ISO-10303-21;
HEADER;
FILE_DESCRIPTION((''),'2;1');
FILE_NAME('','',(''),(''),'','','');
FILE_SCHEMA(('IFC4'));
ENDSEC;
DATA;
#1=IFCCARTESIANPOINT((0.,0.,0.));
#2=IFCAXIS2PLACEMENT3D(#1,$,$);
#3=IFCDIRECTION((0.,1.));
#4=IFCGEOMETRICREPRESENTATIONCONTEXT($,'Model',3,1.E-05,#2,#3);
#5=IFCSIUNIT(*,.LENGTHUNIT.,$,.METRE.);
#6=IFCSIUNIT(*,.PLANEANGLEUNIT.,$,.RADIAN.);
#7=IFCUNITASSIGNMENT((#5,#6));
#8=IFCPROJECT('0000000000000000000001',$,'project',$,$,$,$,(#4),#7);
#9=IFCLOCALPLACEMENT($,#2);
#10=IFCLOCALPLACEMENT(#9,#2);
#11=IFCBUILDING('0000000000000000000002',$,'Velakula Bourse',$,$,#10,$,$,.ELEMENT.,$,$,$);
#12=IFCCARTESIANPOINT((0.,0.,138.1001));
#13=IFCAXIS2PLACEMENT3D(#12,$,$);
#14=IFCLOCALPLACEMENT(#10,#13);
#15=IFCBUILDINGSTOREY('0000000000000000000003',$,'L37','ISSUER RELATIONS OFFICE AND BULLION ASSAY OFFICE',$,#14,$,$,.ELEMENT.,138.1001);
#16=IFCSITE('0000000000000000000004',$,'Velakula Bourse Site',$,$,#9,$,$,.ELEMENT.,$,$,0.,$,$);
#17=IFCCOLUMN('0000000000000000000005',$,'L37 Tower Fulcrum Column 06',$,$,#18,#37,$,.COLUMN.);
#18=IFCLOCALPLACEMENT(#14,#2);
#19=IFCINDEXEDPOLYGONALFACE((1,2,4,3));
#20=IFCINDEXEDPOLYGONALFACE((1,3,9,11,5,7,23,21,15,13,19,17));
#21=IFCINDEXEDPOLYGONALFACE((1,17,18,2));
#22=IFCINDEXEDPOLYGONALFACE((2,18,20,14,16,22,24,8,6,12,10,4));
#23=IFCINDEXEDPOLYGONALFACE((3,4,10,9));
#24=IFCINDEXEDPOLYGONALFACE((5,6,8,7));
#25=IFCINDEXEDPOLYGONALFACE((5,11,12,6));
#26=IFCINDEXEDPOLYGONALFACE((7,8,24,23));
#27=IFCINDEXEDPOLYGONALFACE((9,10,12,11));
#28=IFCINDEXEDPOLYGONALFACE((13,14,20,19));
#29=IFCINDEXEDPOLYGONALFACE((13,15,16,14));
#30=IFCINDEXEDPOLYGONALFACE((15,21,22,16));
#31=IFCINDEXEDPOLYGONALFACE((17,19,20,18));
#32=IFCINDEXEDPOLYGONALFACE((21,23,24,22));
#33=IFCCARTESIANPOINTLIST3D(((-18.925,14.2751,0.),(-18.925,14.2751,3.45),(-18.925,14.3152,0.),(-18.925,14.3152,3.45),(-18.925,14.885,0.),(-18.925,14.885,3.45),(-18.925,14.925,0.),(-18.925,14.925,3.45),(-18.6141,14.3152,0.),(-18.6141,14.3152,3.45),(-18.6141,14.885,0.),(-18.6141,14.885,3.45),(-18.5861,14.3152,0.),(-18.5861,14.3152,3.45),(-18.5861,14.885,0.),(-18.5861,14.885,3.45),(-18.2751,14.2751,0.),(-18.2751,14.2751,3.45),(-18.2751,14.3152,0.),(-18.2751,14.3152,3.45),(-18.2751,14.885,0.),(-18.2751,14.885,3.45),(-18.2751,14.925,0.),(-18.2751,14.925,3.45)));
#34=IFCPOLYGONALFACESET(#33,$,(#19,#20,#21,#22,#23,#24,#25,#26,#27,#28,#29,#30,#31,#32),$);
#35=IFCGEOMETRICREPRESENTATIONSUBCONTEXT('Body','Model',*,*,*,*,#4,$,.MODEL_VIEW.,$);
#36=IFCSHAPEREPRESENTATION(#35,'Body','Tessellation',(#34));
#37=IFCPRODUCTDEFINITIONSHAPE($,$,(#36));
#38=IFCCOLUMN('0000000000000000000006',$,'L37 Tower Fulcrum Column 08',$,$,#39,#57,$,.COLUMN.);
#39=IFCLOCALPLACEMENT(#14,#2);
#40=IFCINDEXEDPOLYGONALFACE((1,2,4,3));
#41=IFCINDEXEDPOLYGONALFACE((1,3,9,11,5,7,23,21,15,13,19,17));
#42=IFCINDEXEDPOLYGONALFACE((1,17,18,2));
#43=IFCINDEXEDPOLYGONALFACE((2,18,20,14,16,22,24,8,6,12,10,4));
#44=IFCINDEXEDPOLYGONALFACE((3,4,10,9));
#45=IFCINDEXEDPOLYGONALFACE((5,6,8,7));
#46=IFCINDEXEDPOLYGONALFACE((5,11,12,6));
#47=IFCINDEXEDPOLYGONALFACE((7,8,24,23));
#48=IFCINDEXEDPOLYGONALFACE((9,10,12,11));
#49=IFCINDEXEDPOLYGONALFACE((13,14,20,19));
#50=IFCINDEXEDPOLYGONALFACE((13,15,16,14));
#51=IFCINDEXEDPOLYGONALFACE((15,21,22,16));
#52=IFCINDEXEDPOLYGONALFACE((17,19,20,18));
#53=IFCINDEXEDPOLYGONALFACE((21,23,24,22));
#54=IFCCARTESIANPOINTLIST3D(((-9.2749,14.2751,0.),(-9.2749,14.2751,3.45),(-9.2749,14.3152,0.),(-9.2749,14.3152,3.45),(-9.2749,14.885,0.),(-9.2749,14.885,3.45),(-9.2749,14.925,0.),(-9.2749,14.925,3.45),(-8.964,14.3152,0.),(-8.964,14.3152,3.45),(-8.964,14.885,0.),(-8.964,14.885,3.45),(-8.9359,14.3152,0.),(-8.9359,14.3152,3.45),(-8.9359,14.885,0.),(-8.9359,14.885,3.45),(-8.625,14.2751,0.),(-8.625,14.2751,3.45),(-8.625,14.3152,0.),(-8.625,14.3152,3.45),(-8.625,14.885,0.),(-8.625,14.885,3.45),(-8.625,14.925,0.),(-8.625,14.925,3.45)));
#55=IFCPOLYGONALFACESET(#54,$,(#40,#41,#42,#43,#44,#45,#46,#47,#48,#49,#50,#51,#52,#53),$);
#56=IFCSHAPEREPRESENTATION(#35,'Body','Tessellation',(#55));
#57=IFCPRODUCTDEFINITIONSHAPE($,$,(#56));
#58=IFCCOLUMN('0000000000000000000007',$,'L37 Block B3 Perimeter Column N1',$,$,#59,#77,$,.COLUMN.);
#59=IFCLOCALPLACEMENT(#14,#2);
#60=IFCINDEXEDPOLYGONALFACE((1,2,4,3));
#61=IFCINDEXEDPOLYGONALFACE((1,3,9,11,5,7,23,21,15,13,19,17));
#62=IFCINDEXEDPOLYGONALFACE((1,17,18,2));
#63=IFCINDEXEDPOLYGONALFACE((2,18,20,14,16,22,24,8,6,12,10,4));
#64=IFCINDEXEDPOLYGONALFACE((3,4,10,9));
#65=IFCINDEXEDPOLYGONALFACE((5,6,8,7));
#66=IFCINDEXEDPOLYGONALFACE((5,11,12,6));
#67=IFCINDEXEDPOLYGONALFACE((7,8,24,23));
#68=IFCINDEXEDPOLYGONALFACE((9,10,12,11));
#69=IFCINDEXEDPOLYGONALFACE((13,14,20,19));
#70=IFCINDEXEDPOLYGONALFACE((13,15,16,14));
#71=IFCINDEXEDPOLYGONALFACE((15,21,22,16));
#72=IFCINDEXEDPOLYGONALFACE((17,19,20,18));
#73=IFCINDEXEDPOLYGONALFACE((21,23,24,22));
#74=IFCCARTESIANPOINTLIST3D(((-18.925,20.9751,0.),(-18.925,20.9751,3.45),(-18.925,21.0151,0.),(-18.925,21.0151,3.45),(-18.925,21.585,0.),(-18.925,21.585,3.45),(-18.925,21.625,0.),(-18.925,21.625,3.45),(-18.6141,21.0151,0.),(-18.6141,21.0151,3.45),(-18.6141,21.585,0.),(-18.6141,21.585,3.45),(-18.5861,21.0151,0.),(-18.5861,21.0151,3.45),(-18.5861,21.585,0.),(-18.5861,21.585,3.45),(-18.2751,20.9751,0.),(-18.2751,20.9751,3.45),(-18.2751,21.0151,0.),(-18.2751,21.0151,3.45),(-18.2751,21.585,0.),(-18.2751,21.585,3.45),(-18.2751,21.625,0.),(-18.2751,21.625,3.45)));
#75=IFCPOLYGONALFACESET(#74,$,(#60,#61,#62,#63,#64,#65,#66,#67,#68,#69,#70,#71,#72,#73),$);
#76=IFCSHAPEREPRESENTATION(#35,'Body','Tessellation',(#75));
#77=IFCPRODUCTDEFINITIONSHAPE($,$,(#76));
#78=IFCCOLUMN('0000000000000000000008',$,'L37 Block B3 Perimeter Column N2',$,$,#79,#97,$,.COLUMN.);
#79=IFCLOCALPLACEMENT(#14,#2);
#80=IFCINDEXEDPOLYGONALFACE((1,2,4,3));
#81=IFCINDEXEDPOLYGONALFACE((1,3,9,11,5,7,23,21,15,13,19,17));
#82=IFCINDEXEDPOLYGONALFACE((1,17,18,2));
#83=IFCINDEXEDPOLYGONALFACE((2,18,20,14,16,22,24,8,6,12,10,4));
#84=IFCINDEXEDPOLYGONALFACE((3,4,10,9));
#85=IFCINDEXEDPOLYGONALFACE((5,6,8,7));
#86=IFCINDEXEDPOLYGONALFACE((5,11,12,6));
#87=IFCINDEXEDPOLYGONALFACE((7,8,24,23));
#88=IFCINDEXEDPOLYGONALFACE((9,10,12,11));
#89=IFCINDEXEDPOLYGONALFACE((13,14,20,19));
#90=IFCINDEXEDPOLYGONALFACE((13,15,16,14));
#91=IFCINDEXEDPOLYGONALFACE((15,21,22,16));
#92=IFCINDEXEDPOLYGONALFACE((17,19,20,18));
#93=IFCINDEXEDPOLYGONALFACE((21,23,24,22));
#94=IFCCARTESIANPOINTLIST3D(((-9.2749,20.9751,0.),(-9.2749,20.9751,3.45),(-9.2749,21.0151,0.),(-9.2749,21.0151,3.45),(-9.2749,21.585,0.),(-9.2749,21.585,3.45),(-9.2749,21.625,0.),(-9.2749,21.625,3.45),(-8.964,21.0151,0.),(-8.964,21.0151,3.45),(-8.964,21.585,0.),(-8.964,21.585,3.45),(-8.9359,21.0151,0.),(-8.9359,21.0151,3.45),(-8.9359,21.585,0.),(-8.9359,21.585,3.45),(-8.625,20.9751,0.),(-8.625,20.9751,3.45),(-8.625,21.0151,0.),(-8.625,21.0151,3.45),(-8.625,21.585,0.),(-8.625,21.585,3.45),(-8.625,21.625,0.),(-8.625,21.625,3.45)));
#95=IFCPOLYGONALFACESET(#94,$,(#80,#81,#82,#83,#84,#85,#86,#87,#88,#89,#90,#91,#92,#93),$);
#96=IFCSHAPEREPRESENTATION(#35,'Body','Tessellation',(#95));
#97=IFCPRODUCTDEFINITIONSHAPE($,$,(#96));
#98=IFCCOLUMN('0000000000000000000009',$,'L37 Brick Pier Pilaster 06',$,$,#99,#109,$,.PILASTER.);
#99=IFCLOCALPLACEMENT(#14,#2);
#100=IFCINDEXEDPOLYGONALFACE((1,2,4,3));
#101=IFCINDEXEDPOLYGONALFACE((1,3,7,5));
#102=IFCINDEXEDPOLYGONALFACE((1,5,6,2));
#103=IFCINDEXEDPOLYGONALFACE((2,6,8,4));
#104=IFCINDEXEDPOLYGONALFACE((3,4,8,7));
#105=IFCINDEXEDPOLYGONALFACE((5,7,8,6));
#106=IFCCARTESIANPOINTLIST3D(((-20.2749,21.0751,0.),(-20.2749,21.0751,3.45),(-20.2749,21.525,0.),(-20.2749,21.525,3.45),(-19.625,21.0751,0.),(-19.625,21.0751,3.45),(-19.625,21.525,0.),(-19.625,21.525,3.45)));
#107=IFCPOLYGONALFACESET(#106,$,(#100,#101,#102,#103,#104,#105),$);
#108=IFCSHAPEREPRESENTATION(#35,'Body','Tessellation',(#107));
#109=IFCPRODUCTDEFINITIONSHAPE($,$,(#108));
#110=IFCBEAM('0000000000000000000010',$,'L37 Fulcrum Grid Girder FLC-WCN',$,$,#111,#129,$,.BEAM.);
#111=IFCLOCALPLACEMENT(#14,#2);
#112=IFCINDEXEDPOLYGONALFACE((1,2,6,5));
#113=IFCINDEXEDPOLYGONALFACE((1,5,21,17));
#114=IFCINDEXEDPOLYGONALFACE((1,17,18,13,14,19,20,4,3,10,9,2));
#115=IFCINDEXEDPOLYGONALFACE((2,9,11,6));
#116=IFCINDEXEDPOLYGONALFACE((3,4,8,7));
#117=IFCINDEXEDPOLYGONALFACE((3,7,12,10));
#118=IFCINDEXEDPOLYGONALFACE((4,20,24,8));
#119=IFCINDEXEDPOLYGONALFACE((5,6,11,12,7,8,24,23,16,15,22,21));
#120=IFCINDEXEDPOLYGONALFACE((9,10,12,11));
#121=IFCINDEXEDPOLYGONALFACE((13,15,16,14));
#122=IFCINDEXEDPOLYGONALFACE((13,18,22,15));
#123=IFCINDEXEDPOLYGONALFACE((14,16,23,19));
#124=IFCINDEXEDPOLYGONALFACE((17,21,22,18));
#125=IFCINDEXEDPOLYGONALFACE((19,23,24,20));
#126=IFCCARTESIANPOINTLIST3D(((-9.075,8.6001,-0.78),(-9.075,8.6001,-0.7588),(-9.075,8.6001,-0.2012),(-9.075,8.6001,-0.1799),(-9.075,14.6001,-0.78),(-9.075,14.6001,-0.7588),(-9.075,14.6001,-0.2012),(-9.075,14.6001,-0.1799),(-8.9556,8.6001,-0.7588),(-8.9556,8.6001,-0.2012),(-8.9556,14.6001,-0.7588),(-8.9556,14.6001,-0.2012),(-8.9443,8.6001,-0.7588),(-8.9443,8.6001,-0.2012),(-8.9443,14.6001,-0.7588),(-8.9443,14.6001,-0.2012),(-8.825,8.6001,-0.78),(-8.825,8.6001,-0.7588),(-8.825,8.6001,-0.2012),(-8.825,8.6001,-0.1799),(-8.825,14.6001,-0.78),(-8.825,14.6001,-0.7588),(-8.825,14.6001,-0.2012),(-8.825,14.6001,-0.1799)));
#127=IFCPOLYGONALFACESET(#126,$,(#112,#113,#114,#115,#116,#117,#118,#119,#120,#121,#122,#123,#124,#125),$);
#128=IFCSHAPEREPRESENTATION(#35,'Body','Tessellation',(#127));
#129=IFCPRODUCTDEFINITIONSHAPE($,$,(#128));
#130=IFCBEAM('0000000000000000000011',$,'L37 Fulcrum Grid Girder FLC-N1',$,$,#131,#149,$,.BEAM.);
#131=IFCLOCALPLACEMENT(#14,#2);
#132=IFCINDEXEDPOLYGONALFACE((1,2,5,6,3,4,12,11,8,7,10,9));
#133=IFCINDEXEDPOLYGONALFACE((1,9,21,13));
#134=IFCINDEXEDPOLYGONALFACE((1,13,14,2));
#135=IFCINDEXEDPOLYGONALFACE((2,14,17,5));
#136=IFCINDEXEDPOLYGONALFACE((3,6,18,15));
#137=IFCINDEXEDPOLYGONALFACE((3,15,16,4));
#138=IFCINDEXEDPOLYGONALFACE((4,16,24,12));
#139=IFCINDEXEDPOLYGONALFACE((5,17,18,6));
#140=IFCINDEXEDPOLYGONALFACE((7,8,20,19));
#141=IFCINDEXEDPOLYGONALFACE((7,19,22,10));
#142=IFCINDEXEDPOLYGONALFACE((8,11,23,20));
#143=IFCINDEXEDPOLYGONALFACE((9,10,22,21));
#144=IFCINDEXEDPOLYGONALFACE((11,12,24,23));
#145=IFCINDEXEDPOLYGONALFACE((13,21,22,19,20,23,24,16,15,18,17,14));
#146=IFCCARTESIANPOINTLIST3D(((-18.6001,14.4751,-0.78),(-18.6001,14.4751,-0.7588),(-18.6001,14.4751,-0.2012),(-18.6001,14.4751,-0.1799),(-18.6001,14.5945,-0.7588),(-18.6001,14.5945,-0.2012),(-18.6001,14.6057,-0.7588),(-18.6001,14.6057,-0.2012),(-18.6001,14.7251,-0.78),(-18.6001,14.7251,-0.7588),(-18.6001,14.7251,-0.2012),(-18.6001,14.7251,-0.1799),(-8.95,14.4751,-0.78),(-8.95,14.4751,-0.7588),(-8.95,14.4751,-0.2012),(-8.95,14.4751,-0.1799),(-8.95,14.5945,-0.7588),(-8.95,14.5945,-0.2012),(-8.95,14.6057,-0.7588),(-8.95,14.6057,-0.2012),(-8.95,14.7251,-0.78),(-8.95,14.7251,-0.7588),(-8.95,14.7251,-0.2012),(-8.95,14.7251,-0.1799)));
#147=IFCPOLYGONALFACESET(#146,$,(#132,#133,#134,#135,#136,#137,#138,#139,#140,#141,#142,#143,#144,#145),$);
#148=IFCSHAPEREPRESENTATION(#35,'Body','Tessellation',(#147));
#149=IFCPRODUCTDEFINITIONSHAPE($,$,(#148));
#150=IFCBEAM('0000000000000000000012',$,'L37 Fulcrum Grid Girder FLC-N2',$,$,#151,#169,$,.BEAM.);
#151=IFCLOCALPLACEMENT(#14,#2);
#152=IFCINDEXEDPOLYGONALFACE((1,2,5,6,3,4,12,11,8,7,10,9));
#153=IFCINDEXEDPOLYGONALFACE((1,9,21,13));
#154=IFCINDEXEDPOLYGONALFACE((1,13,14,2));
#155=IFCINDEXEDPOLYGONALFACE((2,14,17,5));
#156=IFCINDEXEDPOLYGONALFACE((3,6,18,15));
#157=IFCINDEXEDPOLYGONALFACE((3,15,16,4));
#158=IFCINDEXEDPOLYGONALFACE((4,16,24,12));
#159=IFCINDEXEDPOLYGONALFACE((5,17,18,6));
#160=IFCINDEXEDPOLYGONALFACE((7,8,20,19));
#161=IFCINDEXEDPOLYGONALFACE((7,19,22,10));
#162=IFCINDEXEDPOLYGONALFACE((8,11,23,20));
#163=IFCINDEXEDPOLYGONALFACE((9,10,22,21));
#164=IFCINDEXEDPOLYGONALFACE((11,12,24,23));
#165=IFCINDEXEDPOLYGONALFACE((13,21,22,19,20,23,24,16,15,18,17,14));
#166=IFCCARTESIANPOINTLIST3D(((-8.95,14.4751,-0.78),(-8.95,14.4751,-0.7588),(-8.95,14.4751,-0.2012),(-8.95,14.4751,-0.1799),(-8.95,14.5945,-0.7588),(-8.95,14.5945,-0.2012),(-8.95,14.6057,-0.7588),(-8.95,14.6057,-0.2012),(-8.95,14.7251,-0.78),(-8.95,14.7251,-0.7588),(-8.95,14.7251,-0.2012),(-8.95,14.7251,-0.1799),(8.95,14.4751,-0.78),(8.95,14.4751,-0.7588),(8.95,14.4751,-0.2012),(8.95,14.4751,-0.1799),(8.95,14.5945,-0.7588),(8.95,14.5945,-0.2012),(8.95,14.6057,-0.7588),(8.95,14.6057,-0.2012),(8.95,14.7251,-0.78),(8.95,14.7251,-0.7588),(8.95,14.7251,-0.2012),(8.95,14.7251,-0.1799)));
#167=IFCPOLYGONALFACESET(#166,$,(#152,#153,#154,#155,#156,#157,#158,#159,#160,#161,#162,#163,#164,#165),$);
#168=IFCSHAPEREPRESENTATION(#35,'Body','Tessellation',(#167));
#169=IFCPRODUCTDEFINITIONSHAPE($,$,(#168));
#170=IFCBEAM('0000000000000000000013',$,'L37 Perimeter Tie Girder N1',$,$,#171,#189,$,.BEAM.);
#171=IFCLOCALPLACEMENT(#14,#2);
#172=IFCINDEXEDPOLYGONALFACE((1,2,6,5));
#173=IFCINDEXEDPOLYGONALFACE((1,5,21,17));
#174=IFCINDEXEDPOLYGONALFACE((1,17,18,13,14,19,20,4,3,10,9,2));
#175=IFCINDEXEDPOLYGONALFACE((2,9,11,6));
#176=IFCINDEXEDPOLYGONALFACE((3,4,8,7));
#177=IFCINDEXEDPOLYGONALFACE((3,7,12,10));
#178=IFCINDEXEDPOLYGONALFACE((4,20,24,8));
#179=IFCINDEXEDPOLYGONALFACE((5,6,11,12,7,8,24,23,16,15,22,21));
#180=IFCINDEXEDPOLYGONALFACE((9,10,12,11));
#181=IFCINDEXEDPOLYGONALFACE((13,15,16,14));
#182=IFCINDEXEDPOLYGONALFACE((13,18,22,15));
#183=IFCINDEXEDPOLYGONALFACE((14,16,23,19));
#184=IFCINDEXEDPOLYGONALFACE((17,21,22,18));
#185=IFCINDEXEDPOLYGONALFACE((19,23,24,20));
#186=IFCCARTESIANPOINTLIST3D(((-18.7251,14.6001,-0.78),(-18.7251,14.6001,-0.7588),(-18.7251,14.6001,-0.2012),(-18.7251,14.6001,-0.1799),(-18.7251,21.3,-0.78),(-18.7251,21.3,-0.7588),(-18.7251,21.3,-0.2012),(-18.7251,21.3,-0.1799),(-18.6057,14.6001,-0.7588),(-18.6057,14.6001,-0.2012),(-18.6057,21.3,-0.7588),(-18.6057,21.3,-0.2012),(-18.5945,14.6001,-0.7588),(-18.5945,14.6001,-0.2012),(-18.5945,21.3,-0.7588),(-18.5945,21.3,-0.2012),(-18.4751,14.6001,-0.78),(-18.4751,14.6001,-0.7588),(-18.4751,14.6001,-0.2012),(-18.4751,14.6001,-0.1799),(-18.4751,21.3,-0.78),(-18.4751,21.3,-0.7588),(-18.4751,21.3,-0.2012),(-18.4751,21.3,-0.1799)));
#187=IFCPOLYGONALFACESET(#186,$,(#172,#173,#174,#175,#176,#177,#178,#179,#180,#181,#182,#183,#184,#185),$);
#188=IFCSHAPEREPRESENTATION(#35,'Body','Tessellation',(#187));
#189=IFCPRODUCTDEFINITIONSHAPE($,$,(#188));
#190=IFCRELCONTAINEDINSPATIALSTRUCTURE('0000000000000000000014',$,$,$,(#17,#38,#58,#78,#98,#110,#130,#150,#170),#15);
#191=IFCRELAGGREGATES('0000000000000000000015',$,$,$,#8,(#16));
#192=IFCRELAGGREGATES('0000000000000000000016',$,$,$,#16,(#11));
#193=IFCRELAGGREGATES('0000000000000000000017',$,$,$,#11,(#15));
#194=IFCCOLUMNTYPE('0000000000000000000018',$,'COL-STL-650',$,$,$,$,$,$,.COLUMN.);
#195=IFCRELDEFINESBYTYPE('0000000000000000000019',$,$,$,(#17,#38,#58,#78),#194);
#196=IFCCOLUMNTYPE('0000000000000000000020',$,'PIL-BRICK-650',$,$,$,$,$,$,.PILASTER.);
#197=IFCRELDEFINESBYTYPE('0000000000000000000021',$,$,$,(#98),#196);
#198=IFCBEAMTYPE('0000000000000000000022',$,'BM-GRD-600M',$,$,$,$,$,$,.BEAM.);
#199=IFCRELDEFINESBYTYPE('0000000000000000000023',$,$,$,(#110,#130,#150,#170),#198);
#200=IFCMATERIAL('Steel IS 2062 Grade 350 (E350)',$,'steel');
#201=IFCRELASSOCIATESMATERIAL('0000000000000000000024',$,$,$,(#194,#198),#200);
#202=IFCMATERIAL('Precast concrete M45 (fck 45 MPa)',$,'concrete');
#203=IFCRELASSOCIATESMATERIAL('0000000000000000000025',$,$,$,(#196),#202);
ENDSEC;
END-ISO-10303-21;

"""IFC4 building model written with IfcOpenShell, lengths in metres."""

from ifc_helpers import new_model, si_unit, direction, frame, origin, origin_2d, place, context, subcontext, project, spatial, rectangle, i_section, extrude, material, material_profile, profile_set, type_object, element, save


model = new_model("IFC4")

# Units and contexts
model_context = context("Model", 3, precision=1e-05, world=origin(), true_north=direction((0.0, 1.0)))
body_context = subcontext(model_context, "Body", "Model", "MODEL_VIEW")
ifc_project = project(units=[si_unit("LENGTHUNIT", "METRE"), si_unit("PLANEANGLEUNIT", "RADIAN")], contexts=[model_context])

# Site, building, storey
site_placement = place(None, origin())
site = spatial("IfcSite", under=ifc_project, at=site_placement, Name="Velakula Bourse Site", CompositionType="ELEMENT", RefElevation=0.0)
building_placement = place(site_placement, origin())
building = spatial("IfcBuilding", under=site, at=building_placement, Name="Velakula Bourse", CompositionType="ELEMENT")
storey_placement = place(building_placement, frame((0.0, 0.0, 138.1001)))
storey = spatial("IfcBuildingStorey", under=building, at=storey_placement, Name="L37", Description="ISSUER RELATIONS OFFICE AND BULLION ASSAY OFFICE", CompositionType="ELEMENT", Elevation=138.1001)

# Columns
ifc_material_1 = material(Name="Steel IS 2062 Grade 350 (E350)", Category="steel")
ifc_material_profile_1 = material_profile(ifc_material_1, i_section(OverallWidth=0.6499, OverallDepth=0.6499, WebThickness=0.0281, FlangeThickness=0.04, at=origin_2d()), Name="Steel IS 2062 Grade 350 (E350)")
ifc_profile_set_1 = profile_set([ifc_material_profile_1], Name="Steel IS 2062 Grade 350 (E350)")
column_type_1 = type_object("IfcColumnType", Name="COL-STL-650", PredefinedType="COLUMN", material=ifc_profile_set_1)
for number, where, z_axis, x_axis, name in (
    (1, (-18.6001, 14.6001, 0.0), (0.0, 0.0, 1.0), (1.0, 0.0, 0.0), "L37 Tower Fulcrum Column 06"),
    (2, (-8.95, 14.6001, 0.0), (0.0, 0.0, 1.0), (1.0, 0.0, 0.0), "L37 Tower Fulcrum Column 08"),
    (3, (-18.6001, 21.3, 0.0), (0.0, 0.0, 1.0), (1.0, 0.0, 0.0), "L37 Block B3 Perimeter Column N1"),
    (4, (-8.95, 21.3, 0.0), (0.0, 0.0, 1.0), (1.0, 0.0, 0.0), "L37 Block B3 Perimeter Column N2"),
):
    element("IfcColumn", number, at=place(storey_placement, frame(where, z_axis=z_axis, x_axis=x_axis)), inside=storey, type_object=column_type_1, Name=name, PredefinedType="COLUMN", context=body_context, shape_type="SweptSolid", body=[
        extrude(i_section(OverallWidth=0.6499, OverallDepth=0.6499, WebThickness=0.0281, FlangeThickness=0.04, at=origin_2d()), origin(), (0.0, 0.0, 1.0), 3.45),
    ])
ifc_material_2 = material(Name="Precast concrete M45 (fck 45 MPa)", Category="concrete")
ifc_material_profile_2 = material_profile(ifc_material_2, rectangle(XDim=0.6499, YDim=0.45, at=origin_2d()), Name="Precast concrete M45 (fck 45 MPa)")
ifc_profile_set_2 = profile_set([ifc_material_profile_2], Name="Precast concrete M45 (fck 45 MPa)")
column_type_2 = type_object("IfcColumnType", Name="PIL-BRICK-650", PredefinedType="PILASTER", material=ifc_profile_set_2)
column_placement = place(storey_placement, frame((-19.95, 21.3, 0.0), z_axis=(0.0, 0.0, 1.0), x_axis=(1.0, 0.0, 0.0)))
element("IfcColumn", 5, at=column_placement, inside=storey, type_object=column_type_2, Name="L37 Brick Pier Pilaster 06", PredefinedType="PILASTER", context=body_context, shape_type="SweptSolid", body=[
    extrude(rectangle(XDim=0.6499, YDim=0.45, at=origin_2d()), origin(), (0.0, 0.0, 1.0), 3.45),
])

# Beams
ifc_material_profile_3 = material_profile(ifc_material_1, i_section(OverallWidth=0.25, OverallDepth=0.6001, WebThickness=0.0112, FlangeThickness=0.0212, at=origin_2d()), Name="Steel IS 2062 Grade 350 (E350)")
ifc_profile_set_3 = profile_set([ifc_material_profile_3], Name="Steel IS 2062 Grade 350 (E350)")
beam_type_1 = type_object("IfcBeamType", Name="BM-GRD-600M", PredefinedType="BEAM", material=ifc_profile_set_3)
beam_1_placement = place(storey_placement, frame((-8.95, 8.6001, -0.48), z_axis=(0.0, 1.0, 0.0), x_axis=(-1.0, 0.0, 0.0)))
element("IfcBeam", 6, at=beam_1_placement, inside=storey, type_object=beam_type_1, Name="L37 Fulcrum Grid Girder FLC-WCN", PredefinedType="BEAM", context=body_context, shape_type="SweptSolid", body=[
    extrude(i_section(OverallWidth=0.25, OverallDepth=0.6001, WebThickness=0.0112, FlangeThickness=0.0212, at=origin_2d()), origin(), (0.0, 0.0, 1.0), 6.0),
])
beam_2_placement = place(storey_placement, frame((-18.6001, 14.6001, -0.48), z_axis=(1.0, 0.0, 0.0), x_axis=(0.0, 1.0, 0.0)))
element("IfcBeam", 7, at=beam_2_placement, inside=storey, type_object=beam_type_1, Name="L37 Fulcrum Grid Girder FLC-N1", PredefinedType="BEAM", context=body_context, shape_type="SweptSolid", body=[
    extrude(i_section(OverallWidth=0.25, OverallDepth=0.6001, WebThickness=0.0112, FlangeThickness=0.0212, at=origin_2d()), origin(), (0.0, 0.0, 1.0), 9.6501),
])
beam_3_placement = place(storey_placement, frame((-8.95, 14.6001, -0.48), z_axis=(1.0, 0.0, 0.0), x_axis=(0.0, 1.0, 0.0)))
element("IfcBeam", 8, at=beam_3_placement, inside=storey, type_object=beam_type_1, Name="L37 Fulcrum Grid Girder FLC-N2", PredefinedType="BEAM", context=body_context, shape_type="SweptSolid", body=[
    extrude(i_section(OverallWidth=0.25, OverallDepth=0.6001, WebThickness=0.0112, FlangeThickness=0.0212, at=origin_2d()), origin(), (0.0, 0.0, 1.0), 17.8999),
])
for number, where, z_axis, x_axis, name in (
    (9, (-18.6001, 14.6001, -0.48), (0.0, 1.0, 0.0), (-1.0, 0.0, 0.0), "L37 Perimeter Tie Girder N1"),
):
    element("IfcBeam", number, at=place(storey_placement, frame(where, z_axis=z_axis, x_axis=x_axis)), inside=storey, type_object=beam_type_1, Name=name, PredefinedType="BEAM", context=body_context, shape_type="SweptSolid", body=[
        extrude(i_section(OverallWidth=0.25, OverallDepth=0.6001, WebThickness=0.0112, FlangeThickness=0.0212, at=origin_2d()), origin(), (0.0, 0.0, 1.0), 6.7),
    ])

save(model, "model.ifc")
